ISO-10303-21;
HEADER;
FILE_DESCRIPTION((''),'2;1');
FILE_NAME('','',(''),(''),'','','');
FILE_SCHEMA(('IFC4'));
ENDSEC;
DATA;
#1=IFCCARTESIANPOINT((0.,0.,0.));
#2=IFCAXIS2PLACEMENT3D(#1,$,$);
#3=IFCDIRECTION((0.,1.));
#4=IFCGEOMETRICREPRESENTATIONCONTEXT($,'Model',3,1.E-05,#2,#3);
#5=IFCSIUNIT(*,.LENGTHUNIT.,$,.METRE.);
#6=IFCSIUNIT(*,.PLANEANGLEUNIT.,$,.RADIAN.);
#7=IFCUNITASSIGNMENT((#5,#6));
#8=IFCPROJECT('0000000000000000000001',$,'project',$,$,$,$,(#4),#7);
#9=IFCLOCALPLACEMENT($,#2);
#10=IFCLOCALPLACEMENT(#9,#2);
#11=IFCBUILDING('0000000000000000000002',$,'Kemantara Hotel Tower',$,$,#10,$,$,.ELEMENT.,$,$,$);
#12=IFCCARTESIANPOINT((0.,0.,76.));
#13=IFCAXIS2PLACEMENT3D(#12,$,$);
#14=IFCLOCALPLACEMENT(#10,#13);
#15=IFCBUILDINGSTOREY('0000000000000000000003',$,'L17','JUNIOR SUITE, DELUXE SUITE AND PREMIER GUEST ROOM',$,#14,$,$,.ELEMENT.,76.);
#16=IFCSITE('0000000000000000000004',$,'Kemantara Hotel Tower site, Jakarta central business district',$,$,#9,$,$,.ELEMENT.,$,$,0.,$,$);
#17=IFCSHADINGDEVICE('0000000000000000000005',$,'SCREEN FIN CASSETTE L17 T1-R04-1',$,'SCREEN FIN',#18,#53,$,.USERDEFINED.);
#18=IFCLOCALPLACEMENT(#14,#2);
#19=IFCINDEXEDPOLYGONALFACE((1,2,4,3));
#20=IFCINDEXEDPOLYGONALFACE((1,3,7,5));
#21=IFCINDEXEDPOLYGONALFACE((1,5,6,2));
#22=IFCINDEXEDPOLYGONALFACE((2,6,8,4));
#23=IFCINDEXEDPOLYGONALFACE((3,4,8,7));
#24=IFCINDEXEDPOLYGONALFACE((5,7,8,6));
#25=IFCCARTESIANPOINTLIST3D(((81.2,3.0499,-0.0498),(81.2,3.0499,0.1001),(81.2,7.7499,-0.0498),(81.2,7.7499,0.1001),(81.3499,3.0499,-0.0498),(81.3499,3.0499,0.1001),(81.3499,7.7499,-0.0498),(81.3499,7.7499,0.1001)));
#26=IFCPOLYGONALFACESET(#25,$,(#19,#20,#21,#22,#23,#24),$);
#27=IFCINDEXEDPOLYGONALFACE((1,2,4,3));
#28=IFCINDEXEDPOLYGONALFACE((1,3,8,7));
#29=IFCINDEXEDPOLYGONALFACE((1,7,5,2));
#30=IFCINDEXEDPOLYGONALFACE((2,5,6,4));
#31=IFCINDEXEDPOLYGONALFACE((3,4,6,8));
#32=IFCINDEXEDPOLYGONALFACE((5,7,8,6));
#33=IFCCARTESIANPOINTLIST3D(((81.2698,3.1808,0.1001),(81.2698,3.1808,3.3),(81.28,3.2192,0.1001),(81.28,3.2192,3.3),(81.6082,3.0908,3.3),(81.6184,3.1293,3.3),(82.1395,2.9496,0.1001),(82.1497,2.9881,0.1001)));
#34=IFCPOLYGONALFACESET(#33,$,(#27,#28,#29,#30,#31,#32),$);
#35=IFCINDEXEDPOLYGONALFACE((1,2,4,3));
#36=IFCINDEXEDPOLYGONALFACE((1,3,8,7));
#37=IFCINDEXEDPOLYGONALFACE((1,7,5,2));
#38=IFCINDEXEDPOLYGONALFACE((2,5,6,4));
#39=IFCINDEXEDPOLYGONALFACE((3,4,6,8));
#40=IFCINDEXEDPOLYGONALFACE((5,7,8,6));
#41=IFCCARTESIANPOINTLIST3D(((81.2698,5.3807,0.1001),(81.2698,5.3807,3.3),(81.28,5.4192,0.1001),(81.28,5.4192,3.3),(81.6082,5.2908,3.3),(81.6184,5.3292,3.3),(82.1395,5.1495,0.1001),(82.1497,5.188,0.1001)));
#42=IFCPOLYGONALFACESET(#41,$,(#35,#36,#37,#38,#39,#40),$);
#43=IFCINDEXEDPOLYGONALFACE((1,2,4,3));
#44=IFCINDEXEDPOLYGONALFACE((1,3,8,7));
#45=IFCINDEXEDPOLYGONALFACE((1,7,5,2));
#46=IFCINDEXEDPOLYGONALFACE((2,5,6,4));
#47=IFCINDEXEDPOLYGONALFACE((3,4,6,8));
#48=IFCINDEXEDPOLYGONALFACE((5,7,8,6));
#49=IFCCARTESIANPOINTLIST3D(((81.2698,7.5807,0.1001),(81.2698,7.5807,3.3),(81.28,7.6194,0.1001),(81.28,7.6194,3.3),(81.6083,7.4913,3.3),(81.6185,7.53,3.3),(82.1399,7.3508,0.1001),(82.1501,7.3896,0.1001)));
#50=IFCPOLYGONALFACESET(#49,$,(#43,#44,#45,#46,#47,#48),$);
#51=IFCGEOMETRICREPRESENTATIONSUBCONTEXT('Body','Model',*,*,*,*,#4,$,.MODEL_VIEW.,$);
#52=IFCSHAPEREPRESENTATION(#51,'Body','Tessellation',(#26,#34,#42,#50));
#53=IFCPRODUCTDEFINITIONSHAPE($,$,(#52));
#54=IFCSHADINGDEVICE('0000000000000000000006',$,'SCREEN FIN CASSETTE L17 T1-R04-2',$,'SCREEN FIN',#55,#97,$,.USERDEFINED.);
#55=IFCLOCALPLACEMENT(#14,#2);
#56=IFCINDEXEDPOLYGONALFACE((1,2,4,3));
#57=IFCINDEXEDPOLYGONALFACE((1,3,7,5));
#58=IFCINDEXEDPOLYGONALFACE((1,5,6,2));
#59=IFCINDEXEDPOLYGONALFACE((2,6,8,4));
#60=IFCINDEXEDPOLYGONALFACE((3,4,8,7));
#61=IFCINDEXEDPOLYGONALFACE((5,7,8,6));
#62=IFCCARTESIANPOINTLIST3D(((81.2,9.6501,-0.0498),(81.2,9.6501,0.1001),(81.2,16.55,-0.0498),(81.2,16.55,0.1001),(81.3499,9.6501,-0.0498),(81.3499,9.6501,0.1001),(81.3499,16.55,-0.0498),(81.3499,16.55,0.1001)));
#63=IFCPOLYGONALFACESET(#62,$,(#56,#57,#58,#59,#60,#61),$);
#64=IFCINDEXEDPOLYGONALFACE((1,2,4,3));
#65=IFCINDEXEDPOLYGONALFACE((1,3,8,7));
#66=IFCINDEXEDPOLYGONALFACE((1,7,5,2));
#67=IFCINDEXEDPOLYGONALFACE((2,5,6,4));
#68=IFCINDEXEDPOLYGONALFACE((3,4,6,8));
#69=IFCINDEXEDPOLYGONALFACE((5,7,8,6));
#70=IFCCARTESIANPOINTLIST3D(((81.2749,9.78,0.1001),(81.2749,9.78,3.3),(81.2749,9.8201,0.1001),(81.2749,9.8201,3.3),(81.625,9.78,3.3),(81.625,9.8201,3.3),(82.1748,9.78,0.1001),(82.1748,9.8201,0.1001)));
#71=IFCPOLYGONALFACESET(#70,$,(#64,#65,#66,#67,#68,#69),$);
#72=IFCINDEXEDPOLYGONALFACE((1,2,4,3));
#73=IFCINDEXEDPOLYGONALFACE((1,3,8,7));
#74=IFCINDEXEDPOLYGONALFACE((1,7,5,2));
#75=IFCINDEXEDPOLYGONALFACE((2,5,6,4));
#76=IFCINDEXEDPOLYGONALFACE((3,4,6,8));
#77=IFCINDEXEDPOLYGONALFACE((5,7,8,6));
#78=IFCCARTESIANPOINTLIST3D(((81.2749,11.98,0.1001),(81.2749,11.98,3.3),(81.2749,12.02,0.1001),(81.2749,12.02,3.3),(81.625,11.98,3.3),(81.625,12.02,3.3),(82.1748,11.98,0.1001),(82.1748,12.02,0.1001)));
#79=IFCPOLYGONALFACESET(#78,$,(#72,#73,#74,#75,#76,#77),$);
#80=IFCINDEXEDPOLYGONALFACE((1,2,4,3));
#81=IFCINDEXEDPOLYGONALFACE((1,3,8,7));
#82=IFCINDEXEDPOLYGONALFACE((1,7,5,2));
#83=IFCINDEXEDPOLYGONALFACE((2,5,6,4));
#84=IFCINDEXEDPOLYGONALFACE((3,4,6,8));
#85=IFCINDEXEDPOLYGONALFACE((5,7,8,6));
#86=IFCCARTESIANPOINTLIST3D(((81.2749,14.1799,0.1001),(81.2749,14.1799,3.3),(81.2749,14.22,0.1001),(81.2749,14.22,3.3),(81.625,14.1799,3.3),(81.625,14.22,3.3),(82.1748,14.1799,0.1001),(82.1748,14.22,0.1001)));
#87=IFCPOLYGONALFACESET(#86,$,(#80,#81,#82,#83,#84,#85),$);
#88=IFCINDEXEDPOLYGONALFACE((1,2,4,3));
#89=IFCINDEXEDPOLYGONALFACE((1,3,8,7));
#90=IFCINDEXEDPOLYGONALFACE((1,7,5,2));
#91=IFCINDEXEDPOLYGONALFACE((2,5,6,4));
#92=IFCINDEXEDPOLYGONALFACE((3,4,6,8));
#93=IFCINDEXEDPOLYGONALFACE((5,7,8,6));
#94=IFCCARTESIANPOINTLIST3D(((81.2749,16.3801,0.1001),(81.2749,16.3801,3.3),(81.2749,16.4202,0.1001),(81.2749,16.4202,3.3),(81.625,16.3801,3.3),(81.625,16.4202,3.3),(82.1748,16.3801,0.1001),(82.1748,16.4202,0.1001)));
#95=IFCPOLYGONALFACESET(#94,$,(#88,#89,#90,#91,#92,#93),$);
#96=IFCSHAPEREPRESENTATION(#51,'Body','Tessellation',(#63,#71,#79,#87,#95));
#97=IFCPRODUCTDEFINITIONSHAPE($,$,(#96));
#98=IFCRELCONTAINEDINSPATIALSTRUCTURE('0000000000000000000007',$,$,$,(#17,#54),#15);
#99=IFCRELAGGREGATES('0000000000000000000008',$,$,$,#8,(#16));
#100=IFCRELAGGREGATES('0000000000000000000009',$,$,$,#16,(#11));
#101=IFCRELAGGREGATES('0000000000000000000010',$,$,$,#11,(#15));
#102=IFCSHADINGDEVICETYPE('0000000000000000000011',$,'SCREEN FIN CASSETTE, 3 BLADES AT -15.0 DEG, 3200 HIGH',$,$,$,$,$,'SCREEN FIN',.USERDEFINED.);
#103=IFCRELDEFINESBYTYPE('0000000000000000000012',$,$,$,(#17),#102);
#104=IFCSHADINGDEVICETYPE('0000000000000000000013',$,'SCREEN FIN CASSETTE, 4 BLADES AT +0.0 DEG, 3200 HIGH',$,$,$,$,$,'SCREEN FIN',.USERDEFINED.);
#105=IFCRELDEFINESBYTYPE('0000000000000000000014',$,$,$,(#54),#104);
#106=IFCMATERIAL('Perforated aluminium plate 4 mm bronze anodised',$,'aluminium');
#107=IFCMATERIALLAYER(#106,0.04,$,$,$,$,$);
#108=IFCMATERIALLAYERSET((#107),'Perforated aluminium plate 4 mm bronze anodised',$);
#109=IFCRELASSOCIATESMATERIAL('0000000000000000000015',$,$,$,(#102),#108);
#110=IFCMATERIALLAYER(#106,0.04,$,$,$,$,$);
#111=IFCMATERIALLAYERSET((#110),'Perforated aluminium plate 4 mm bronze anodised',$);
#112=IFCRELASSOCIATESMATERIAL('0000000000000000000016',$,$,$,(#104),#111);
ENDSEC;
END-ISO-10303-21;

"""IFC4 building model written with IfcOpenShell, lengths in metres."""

from ifc_helpers import new_model, si_unit, direction, frame, origin, origin_2d, place, context, subcontext, project, spatial, polyline, rectangle, outline, extrude, source, transform, mapped, material, layer, layer_set, type_object, element, save


model = new_model("IFC4")

# Units and contexts
model_context = context("Model", 3, precision=1e-05, world=origin(), true_north=direction((0.0, 1.0)))
body_context = subcontext(model_context, "Body", "Model", "MODEL_VIEW")
ifc_project = project(units=[si_unit("LENGTHUNIT", "METRE"), si_unit("PLANEANGLEUNIT", "RADIAN")], contexts=[model_context])

# Site, building, storey
site_placement = place(None, origin())
site = spatial("IfcSite", under=ifc_project, at=site_placement, Name="Kemantara Hotel Tower site, Jakarta central business district", CompositionType="ELEMENT", RefElevation=0.0)
building_placement = place(site_placement, origin())
building = spatial("IfcBuilding", under=site, at=building_placement, Name="Kemantara Hotel Tower", CompositionType="ELEMENT")
storey_placement = place(building_placement, frame((0.0, 0.0, 76.0)))
storey = spatial("IfcBuildingStorey", under=building, at=storey_placement, Name="L17", Description="JUNIOR SUITE, DELUXE SUITE AND PREMIER GUEST ROOM", CompositionType="ELEMENT", Elevation=76.0)

# Shading devices
ifc_material_1 = material(Name="Perforated aluminium plate 4 mm bronze anodised", Category="aluminium")
ifc_layer_1 = layer(ifc_material_1, 0.04)
ifc_layer_set_1 = layer_set([ifc_layer_1], Name="Perforated aluminium plate 4 mm bronze anodised")
shading_device_type_1 = type_object("IfcShadingDeviceType", Name="SCREEN FIN CASSETTE, 3 BLADES AT -15.0 DEG, 3200 HIGH", ElementType="SCREEN FIN", PredefinedType="USERDEFINED", material=ifc_layer_set_1)
shared_shape_1 = source(origin(), body_context, "Body", "SweptSolid", [
    extrude(rectangle(XDim=4.7, YDim=0.1499, at=origin_2d()), frame((2.2, -0.075, -0.1499), z_axis=(0.0, 0.0, 1.0), x_axis=(1.0, 0.0, 0.0)), (0.0, 0.0, 1.0), 0.1499),
    extrude(outline(polyline([(0.0, 0.0), (0.8999, 0.0), (0.3501, 3.2), (0.0, 3.2), (0.0, 0.0)])), frame((0.0193, -0.0801, 0.0), z_axis=(-0.966438, 0.256901, 0.0), x_axis=(-0.256901, -0.966438, 0.0)), (0.0, 0.0, 1.0), 0.0398),
    extrude(outline(polyline([(0.0, 0.0), (0.8999, 0.0), (0.3501, 3.2), (0.0, 3.2), (0.0, 0.0)])), frame((2.2192, -0.0801, 0.0), z_axis=(-0.966438, 0.256901, 0.0), x_axis=(-0.256901, -0.966438, 0.0)), (0.0, 0.0, 1.0), 0.0398),
    extrude(outline(polyline([(0.0, 0.0), (0.8999, 0.0), (0.3501, 3.2), (0.0, 3.2), (0.0, 0.0)])), frame((4.4194, -0.0801, 0.0), z_axis=(-0.966838, 0.255391, 0.0), x_axis=(-0.255391, -0.966838, 0.0)), (0.0, 0.0, 1.0), 0.04),
])
shading_device_1_placement = place(storey_placement, frame((81.2, 3.2, 0.1001), z_axis=(0.0, 0.0, 1.0), x_axis=(0.0, 1.0, 0.0)))
element("IfcShadingDevice", 1, at=shading_device_1_placement, inside=storey, type_object=shading_device_type_1, Name="SCREEN FIN CASSETTE L17 T1-R04-1", ObjectType="SCREEN FIN", PredefinedType="USERDEFINED", context=body_context, shape_type="MappedRepresentation", body=[
    mapped(shared_shape_1, transform((0.0, 0.0, 0.0))),
])
ifc_layer_2 = layer(ifc_material_1, 0.04)
ifc_layer_set_2 = layer_set([ifc_layer_2], Name="Perforated aluminium plate 4 mm bronze anodised")
shading_device_type_2 = type_object("IfcShadingDeviceType", Name="SCREEN FIN CASSETTE, 4 BLADES AT +0.0 DEG, 3200 HIGH", ElementType="SCREEN FIN", PredefinedType="USERDEFINED", material=ifc_layer_set_2)
shared_shape_2 = source(origin(), body_context, "Body", "SweptSolid", [
    extrude(rectangle(XDim=6.8999, YDim=0.1499, at=origin_2d()), frame((3.3, -0.075, -0.1499), z_axis=(0.0, 0.0, 1.0), x_axis=(1.0, 0.0, 0.0)), (0.0, 0.0, 1.0), 0.1499),
    extrude(outline(polyline([(0.0, 0.0), (0.8999, 0.0), (0.3501, 3.2), (0.0, 3.2), (0.0, 0.0)])), frame((0.02, -0.075, 0.0), z_axis=(-1.0, 0.0, 0.0), x_axis=(0.0, -1.0, 0.0)), (0.0, 0.0, 1.0), 0.04),
    extrude(outline(polyline([(0.0, 0.0), (0.8999, 0.0), (0.3501, 3.2), (0.0, 3.2), (0.0, 0.0)])), frame((2.22, -0.075, 0.0), z_axis=(-1.0, 0.0, 0.0), x_axis=(0.0, -1.0, 0.0)), (0.0, 0.0, 1.0), 0.04),
    extrude(outline(polyline([(0.0, 0.0), (0.8999, 0.0), (0.3501, 3.2), (0.0, 3.2), (0.0, 0.0)])), frame((4.4199, -0.075, 0.0), z_axis=(-1.0, 0.0, 0.0), x_axis=(0.0, -1.0, 0.0)), (0.0, 0.0, 1.0), 0.04),
    extrude(outline(polyline([(0.0, 0.0), (0.8999, 0.0), (0.3501, 3.2), (0.0, 3.2), (0.0, 0.0)])), frame((6.6201, -0.075, 0.0), z_axis=(-1.0, 0.0, 0.0), x_axis=(0.0, -1.0, 0.0)), (0.0, 0.0, 1.0), 0.04),
])
shading_device_2_placement = place(storey_placement, frame((81.2, 9.8, 0.1001), z_axis=(0.0, 0.0, 1.0), x_axis=(0.0, 1.0, 0.0)))
element("IfcShadingDevice", 2, at=shading_device_2_placement, inside=storey, type_object=shading_device_type_2, Name="SCREEN FIN CASSETTE L17 T1-R04-2", ObjectType="SCREEN FIN", PredefinedType="USERDEFINED", context=body_context, shape_type="MappedRepresentation", body=[
    mapped(shared_shape_2, transform((0.0, 0.0, 0.0))),
])

save(model, "model.ifc")
